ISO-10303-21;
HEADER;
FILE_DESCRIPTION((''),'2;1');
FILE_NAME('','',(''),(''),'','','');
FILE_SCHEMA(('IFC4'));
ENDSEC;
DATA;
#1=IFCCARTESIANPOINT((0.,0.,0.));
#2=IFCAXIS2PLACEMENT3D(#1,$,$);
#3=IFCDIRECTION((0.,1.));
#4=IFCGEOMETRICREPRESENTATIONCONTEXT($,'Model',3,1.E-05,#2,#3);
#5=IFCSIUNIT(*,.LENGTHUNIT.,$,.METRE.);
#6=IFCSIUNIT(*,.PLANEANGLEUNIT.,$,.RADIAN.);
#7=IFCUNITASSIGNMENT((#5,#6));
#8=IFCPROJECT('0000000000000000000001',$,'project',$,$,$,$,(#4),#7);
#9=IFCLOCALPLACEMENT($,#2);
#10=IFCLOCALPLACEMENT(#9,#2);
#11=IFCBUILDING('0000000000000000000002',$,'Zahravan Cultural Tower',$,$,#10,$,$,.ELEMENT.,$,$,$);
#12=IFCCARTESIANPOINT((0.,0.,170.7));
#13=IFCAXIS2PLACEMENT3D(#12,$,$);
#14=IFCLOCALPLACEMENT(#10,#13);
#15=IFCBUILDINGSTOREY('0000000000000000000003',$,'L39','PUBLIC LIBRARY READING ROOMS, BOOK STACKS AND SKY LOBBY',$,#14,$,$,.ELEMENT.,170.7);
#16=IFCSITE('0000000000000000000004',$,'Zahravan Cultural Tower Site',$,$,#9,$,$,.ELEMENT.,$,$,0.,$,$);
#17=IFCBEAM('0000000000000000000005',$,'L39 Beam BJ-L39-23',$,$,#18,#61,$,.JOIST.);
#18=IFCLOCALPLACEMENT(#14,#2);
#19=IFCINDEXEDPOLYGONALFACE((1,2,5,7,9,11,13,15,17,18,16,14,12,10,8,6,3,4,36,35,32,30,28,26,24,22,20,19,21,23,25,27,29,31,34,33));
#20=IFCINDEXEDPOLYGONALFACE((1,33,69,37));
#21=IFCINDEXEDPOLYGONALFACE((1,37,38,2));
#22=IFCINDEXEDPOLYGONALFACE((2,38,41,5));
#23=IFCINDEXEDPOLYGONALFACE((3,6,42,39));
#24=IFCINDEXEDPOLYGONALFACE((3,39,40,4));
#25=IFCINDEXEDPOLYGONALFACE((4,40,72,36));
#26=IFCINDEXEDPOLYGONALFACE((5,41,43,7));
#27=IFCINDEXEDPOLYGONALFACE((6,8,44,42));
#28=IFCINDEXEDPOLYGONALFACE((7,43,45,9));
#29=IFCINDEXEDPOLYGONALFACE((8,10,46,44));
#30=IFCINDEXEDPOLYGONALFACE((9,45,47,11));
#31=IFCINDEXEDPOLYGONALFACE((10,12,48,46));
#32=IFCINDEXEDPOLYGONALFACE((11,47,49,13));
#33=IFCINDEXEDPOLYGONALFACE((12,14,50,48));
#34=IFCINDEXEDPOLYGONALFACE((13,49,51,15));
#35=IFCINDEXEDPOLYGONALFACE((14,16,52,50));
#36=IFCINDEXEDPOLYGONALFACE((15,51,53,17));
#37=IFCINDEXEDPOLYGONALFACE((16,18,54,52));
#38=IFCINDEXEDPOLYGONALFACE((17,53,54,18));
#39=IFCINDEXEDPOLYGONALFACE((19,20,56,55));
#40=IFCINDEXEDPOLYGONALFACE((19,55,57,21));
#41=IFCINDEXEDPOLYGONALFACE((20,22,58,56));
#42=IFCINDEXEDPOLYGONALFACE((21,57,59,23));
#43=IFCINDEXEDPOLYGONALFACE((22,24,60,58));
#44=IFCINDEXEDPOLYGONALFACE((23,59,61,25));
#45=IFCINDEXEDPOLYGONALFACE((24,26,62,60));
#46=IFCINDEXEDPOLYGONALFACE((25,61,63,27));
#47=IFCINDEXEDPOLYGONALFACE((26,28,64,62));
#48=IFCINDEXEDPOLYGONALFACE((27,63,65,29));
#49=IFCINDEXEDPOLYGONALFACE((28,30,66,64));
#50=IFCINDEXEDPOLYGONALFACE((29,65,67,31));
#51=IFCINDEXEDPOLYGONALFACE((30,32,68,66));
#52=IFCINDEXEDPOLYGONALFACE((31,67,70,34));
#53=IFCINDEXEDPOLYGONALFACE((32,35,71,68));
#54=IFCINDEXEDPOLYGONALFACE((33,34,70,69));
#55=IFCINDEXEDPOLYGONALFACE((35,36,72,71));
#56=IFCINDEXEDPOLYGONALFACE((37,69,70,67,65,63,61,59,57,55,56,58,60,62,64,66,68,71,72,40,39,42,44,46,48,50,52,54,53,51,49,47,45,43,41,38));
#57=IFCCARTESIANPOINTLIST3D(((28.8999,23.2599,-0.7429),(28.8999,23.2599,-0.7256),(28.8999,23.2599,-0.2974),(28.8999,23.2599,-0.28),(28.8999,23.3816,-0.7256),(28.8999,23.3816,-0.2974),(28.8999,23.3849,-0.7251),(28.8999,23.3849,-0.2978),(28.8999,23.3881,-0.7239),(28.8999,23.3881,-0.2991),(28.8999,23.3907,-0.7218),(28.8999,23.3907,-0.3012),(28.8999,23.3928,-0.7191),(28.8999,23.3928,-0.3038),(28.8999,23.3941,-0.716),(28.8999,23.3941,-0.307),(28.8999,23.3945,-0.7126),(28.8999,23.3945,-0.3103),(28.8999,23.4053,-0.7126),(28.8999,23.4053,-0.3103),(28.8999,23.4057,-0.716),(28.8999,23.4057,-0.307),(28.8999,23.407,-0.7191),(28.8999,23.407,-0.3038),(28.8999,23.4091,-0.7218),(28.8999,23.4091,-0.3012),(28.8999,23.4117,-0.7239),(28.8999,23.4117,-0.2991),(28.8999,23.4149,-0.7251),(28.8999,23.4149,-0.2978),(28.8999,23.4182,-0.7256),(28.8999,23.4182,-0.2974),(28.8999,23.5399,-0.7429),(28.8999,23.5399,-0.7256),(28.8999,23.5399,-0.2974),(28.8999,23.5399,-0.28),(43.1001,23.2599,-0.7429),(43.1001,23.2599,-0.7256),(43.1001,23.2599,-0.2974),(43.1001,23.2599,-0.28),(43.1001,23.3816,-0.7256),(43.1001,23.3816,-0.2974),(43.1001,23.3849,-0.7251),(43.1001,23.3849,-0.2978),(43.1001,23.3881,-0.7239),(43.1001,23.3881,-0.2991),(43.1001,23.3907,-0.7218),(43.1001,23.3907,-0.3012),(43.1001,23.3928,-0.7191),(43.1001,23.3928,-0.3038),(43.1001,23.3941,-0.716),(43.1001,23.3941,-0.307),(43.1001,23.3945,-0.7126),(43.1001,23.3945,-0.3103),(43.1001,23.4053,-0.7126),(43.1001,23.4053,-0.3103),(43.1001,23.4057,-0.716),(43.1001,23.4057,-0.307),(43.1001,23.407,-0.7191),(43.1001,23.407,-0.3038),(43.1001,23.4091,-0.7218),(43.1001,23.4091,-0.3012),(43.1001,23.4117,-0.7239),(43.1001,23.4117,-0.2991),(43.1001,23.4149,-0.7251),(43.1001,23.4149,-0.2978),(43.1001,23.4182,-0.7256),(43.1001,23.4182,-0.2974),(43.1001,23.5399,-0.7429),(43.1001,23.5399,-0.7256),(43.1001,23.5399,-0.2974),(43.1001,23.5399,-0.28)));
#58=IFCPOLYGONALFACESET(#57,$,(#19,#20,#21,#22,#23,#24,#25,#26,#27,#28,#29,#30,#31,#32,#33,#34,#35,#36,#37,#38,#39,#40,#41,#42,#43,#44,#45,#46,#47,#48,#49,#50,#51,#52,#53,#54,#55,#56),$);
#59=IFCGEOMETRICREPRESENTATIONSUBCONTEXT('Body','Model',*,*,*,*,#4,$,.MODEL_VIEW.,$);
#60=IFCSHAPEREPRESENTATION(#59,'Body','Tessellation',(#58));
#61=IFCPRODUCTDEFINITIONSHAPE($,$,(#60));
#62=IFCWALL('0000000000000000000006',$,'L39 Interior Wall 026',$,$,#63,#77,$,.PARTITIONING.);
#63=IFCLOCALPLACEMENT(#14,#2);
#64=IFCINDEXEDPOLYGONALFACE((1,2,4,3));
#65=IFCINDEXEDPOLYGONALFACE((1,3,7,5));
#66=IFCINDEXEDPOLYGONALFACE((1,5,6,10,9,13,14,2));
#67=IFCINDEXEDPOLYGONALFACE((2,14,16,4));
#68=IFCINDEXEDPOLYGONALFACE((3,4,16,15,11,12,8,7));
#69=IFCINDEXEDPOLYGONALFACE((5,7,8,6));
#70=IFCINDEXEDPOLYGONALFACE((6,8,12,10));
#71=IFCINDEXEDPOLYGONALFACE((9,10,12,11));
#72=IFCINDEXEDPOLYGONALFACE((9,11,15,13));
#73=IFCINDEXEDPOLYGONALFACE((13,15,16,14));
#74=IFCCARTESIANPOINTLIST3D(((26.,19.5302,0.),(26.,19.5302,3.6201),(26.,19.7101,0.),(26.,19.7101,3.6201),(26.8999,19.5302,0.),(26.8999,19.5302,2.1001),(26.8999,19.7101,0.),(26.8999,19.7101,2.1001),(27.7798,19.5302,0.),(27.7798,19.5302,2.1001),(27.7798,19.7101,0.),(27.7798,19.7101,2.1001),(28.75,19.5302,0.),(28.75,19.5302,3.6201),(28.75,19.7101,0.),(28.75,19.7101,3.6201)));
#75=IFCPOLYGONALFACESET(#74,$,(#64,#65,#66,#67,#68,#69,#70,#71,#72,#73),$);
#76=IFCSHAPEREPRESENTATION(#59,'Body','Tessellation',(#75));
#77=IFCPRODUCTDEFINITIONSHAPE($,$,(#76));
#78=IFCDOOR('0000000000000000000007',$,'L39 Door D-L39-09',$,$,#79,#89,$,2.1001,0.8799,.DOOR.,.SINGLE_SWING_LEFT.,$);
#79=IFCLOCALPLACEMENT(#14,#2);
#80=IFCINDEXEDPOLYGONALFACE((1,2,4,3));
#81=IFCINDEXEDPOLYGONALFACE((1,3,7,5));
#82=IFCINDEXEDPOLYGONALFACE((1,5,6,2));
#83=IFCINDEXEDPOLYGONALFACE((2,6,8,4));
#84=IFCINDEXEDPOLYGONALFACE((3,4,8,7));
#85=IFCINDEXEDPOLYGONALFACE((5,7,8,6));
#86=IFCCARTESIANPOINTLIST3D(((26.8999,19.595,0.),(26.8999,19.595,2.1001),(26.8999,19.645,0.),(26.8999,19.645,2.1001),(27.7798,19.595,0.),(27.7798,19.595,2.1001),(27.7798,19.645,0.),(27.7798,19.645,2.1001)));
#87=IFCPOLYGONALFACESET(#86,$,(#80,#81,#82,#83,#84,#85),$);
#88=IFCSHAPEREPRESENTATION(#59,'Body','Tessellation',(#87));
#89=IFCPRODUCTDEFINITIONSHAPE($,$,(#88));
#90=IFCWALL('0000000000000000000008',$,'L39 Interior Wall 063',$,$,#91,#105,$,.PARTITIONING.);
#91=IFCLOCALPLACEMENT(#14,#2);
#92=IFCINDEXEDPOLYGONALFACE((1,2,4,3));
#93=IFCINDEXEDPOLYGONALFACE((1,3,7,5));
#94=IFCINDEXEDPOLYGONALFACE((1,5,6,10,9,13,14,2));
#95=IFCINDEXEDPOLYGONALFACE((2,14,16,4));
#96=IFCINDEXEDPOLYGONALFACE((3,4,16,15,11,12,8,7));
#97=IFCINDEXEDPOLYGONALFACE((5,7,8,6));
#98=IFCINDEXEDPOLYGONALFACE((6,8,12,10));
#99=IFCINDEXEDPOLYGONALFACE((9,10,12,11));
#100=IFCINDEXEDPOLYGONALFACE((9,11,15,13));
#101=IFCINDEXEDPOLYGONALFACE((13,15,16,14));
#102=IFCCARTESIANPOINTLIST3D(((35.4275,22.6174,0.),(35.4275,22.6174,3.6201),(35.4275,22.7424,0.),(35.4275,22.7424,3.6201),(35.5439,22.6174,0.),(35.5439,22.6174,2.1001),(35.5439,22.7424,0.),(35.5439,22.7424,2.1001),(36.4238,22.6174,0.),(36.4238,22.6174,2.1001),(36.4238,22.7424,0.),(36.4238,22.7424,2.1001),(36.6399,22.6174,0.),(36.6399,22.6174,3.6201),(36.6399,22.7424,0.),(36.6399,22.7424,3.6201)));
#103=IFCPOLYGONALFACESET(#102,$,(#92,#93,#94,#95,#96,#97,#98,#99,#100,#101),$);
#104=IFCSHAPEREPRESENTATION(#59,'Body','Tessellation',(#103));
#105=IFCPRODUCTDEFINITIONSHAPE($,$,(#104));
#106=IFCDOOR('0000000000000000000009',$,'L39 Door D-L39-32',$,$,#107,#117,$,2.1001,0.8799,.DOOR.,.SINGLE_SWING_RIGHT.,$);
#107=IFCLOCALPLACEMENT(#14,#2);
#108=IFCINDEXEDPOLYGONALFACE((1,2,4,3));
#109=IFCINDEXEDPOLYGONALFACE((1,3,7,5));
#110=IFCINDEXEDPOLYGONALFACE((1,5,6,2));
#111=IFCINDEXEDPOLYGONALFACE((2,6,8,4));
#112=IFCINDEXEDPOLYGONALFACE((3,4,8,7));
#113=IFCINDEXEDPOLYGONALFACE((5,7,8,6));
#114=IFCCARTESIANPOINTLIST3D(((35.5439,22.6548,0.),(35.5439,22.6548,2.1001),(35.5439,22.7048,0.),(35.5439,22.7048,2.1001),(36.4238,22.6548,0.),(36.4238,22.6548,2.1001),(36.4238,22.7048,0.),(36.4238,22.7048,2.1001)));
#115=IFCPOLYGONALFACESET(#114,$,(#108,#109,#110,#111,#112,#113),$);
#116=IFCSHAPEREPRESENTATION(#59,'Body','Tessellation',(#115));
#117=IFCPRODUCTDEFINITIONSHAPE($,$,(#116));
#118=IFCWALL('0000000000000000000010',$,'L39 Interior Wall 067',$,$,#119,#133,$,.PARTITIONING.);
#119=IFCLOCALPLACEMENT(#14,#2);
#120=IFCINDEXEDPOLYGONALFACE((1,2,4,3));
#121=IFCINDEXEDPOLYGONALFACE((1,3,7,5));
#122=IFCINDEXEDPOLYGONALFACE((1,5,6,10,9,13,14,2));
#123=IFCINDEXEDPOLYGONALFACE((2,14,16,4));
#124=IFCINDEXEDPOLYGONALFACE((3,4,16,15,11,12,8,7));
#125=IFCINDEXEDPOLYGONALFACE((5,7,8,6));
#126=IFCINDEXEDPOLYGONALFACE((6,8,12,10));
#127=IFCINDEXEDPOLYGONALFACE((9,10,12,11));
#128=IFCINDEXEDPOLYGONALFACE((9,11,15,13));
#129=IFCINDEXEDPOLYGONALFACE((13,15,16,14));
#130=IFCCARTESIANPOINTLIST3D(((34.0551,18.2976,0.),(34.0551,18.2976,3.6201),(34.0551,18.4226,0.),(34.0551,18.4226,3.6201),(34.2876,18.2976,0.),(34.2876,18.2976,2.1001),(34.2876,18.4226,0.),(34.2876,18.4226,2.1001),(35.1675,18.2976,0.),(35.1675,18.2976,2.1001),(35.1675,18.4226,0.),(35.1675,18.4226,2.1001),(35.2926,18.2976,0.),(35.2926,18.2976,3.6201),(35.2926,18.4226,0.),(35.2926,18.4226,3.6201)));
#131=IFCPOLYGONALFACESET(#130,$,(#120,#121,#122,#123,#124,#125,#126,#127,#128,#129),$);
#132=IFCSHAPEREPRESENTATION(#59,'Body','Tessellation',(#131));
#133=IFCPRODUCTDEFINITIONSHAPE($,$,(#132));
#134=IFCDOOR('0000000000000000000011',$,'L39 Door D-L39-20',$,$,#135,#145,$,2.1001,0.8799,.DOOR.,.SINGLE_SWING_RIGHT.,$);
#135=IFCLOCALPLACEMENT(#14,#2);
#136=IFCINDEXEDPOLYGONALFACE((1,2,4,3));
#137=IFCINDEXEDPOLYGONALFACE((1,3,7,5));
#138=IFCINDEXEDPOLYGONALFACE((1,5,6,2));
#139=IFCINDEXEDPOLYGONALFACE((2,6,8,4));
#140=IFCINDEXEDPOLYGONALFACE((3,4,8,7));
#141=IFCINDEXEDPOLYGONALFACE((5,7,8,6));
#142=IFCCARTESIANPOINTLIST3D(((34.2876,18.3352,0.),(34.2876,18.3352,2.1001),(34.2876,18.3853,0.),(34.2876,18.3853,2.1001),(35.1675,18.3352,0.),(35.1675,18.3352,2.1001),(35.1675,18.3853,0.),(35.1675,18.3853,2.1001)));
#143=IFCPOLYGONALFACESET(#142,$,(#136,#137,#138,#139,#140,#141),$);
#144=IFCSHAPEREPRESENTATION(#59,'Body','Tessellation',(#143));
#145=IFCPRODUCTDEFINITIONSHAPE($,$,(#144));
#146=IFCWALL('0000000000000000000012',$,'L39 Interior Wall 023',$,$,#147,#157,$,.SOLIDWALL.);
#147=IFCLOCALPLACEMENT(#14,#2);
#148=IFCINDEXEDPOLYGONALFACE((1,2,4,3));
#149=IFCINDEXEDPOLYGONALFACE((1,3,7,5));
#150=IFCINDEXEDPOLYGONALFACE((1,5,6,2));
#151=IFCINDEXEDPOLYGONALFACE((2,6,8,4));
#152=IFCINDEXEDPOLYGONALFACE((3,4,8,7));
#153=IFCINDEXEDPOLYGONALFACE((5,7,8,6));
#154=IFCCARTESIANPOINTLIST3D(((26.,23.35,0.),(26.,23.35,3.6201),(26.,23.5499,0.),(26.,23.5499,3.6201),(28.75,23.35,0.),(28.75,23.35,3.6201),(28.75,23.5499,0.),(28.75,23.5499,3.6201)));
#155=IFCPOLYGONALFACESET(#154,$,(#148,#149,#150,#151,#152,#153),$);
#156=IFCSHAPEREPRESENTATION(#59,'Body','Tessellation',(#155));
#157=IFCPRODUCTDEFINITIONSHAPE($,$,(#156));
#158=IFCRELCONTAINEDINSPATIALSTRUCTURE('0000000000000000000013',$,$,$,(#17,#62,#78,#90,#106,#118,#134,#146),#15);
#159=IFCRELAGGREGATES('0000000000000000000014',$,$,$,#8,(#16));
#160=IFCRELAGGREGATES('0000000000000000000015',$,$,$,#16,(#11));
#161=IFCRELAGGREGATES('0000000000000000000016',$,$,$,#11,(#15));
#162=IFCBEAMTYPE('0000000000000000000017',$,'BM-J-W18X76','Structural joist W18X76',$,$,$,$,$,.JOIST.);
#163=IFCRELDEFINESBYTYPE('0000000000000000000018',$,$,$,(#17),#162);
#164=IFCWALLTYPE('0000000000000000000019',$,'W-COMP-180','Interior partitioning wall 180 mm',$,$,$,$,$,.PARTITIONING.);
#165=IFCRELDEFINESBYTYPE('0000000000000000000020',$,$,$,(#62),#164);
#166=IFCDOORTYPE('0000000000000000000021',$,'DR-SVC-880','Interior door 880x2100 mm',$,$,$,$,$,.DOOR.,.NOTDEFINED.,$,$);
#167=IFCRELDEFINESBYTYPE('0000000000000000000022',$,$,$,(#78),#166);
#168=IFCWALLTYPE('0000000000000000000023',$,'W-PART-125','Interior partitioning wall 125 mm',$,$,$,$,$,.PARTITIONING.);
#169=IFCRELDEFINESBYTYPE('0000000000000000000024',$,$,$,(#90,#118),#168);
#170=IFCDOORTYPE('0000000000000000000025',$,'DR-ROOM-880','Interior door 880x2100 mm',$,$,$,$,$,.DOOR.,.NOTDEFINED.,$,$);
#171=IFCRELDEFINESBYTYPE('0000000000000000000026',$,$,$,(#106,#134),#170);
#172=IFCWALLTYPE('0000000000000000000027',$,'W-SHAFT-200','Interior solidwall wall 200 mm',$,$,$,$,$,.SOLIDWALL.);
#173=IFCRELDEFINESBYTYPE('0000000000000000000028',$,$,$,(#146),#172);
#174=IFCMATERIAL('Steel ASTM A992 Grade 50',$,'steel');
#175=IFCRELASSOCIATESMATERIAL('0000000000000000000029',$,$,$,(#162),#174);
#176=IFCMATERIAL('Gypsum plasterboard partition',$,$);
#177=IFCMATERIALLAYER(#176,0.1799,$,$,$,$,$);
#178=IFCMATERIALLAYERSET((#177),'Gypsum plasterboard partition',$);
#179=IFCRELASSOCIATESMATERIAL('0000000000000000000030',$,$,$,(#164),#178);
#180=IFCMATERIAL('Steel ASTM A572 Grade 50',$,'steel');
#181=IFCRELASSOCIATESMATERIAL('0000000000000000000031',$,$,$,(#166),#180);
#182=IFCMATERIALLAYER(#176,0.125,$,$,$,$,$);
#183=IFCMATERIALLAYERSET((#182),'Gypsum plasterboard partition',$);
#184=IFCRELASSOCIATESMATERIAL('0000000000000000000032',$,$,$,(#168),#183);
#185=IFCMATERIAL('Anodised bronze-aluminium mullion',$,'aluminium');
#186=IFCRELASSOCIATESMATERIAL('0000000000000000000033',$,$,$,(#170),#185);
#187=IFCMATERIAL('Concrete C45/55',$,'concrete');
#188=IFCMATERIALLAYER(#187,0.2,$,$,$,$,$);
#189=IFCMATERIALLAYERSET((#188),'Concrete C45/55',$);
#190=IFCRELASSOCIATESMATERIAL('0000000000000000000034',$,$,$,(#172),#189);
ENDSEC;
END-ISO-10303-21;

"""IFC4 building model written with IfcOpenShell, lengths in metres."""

from ifc_helpers import new_model, si_unit, direction, frame, frame_2d, origin, origin_2d, place, context, subcontext, project, spatial, rectangle, i_section, extrude, source, transform, mapped, material, layer, layer_set, material_profile, profile_set, type_object, element, fill, save


model = new_model("IFC4")

# Units and contexts
model_context = context("Model", 3, precision=1e-05, world=origin(), true_north=direction((0.0, 1.0)))
body_context = subcontext(model_context, "Body", "Model", "MODEL_VIEW")
ifc_project = project(units=[si_unit("LENGTHUNIT", "METRE"), si_unit("PLANEANGLEUNIT", "RADIAN")], contexts=[model_context])

# Site, building, storey
site_placement = place(None, origin())
site = spatial("IfcSite", under=ifc_project, at=site_placement, Name="Zahravan Cultural Tower Site", CompositionType="ELEMENT", RefElevation=0.0)
building_placement = place(site_placement, origin())
building = spatial("IfcBuilding", under=site, at=building_placement, Name="Zahravan Cultural Tower", CompositionType="ELEMENT")
storey_placement = place(building_placement, frame((0.0, 0.0, 170.7)))
storey = spatial("IfcBuildingStorey", under=building, at=storey_placement, Name="L39", Description="PUBLIC LIBRARY READING ROOMS, BOOK STACKS AND SKY LOBBY", CompositionType="ELEMENT", Elevation=170.7)

# Beam
ifc_material_1 = material(Name="Steel ASTM A992 Grade 50", Category="steel")
ifc_material_profile = material_profile(ifc_material_1, i_section(OverallWidth=0.28, OverallDepth=0.4629, WebThickness=0.0107, FlangeThickness=0.0173, FilletRadius=0.0129, at=origin_2d()), Name="W18X76")
ifc_profile_set = profile_set([ifc_material_profile], Name="Steel ASTM A992 Grade 50")
beam_type = type_object("IfcBeamType", Name="BM-J-W18X76", Description="Structural joist W18X76", PredefinedType="JOIST", material=ifc_profile_set)
shared_shape_1 = source(origin(), body_context, "Body", "SweptSolid", [
    extrude(i_section(OverallWidth=0.28, OverallDepth=0.4629, WebThickness=0.0107, FlangeThickness=0.0173, FilletRadius=0.0129, at=origin_2d()), origin(), (0.0, 0.0, 1.0), 14.2002),
])
beam_placement = place(storey_placement, frame((28.8999, 23.3999, -0.5115), z_axis=(1.0, 0.0, 0.0), x_axis=(0.0, 1.0, 0.0)))
element("IfcBeam", 1, at=beam_placement, inside=storey, type_object=beam_type, Name="L39 Beam BJ-L39-23", PredefinedType="JOIST", context=body_context, shape_type="MappedRepresentation", body=[
    mapped(shared_shape_1, transform((0.0, 0.0, 0.0), x_axis=(1.0, 0.0, 0.0), y_axis=(0.0, 1.0, 0.0), z_axis=(0.0, 0.0, 1.0), scale=1.0)),
])

# Walls, openings, doors
ifc_material_2 = material(Name="Gypsum plasterboard partition")
ifc_layer_1 = layer(ifc_material_2, 0.1799)
ifc_layer_set_1 = layer_set([ifc_layer_1], Name="Gypsum plasterboard partition")
wall_type_1 = type_object("IfcWallType", Name="W-COMP-180", Description="Interior partitioning wall 180 mm", PredefinedType="PARTITIONING", material=ifc_layer_set_1)
wall_1_placement = place(storey_placement, frame((26.0, 19.6201, 0.0), z_axis=(0.0, 0.0, 1.0), x_axis=(1.0, 0.0, 0.0)))
wall_1 = element("IfcWall", 2, at=wall_1_placement, inside=storey, type_object=wall_type_1, Name="L39 Interior Wall 026", PredefinedType="PARTITIONING", context=body_context, shape_type="SweptSolid", body=[
    extrude(rectangle(XDim=2.75, YDim=0.1799, at=frame_2d((1.375, 0.0))), origin(), (0.0, 0.0, 1.0), 3.6201),
])
opening_1_placement = place(wall_1_placement, frame((0.8999, 0.0, 0.0)))
opening_1 = element("IfcOpeningElement", 3, at=opening_1_placement, cuts=wall_1, PredefinedType="OPENING", context=body_context, shape_type="SweptSolid", body=[
    extrude(rectangle(XDim=0.8799, YDim=2.1001, at=frame_2d((0.4399, 1.05))), frame((0.0, 0.0999, 0.0), z_axis=(0.0, -1.0, 0.0), x_axis=(1.0, 0.0, 0.0)), (0.0, 0.0, 1.0), 0.2),
])
ifc_material_3 = material(Name="Steel ASTM A572 Grade 50", Category="steel")
door_type_1 = type_object("IfcDoorType", Name="DR-SVC-880", Description="Interior door 880x2100 mm", OperationType="NOTDEFINED", PredefinedType="DOOR", material=ifc_material_3)
shared_shape_2 = source(origin(), body_context, "Body", "SweptSolid", [
    extrude(rectangle(XDim=0.8799, YDim=2.1001, at=frame_2d((0.4399, 1.05))), frame((0.0, 0.0249, 0.0), z_axis=(0.0, -1.0, 0.0), x_axis=(1.0, 0.0, 0.0)), (0.0, 0.0, 1.0), 0.05),
])
door_1_placement = place(opening_1_placement, origin())
door_1 = element("IfcDoor", 4, at=door_1_placement, inside=storey, type_object=door_type_1, Name="L39 Door D-L39-09", OperationType="SINGLE_SWING_LEFT", OverallHeight=2.1001, OverallWidth=0.8799, PredefinedType="DOOR", context=body_context, shape_type="MappedRepresentation", body=[
    mapped(shared_shape_2, transform((0.0, 0.0, 0.0), x_axis=(1.0, 0.0, 0.0), y_axis=(0.0, 1.0, 0.0), z_axis=(0.0, 0.0, 1.0), scale=1.0)),
])
fill(opening_1, door_1)
ifc_layer_2 = layer(ifc_material_2, 0.125)
ifc_layer_set_2 = layer_set([ifc_layer_2], Name="Gypsum plasterboard partition")
wall_type_2 = type_object("IfcWallType", Name="W-PART-125", Description="Interior partitioning wall 125 mm", PredefinedType="PARTITIONING", material=ifc_layer_set_2)
wall_2_placement = place(storey_placement, frame((35.4275, 22.6799, 0.0), z_axis=(0.0, 0.0, 1.0), x_axis=(1.0, 0.0, 0.0)))
wall_2 = element("IfcWall", 5, at=wall_2_placement, inside=storey, type_object=wall_type_2, Name="L39 Interior Wall 063", PredefinedType="PARTITIONING", context=body_context, shape_type="SweptSolid", body=[
    extrude(rectangle(XDim=1.2124, YDim=0.125, at=frame_2d((0.6062, 0.0))), origin(), (0.0, 0.0, 1.0), 3.6201),
])
opening_2_placement = place(wall_2_placement, frame((0.1165, 0.0, 0.0)))
opening_2 = element("IfcOpeningElement", 6, at=opening_2_placement, cuts=wall_2, PredefinedType="OPENING", context=body_context, shape_type="SweptSolid", body=[
    extrude(rectangle(XDim=0.8799, YDim=2.1001, at=frame_2d((0.4399, 1.05))), frame((0.0, 0.0725, 0.0), z_axis=(0.0, -1.0, 0.0), x_axis=(1.0, 0.0, 0.0)), (0.0, 0.0, 1.0), 0.145),
])
ifc_material_4 = material(Name="Anodised bronze-aluminium mullion", Category="aluminium")
door_type_2 = type_object("IfcDoorType", Name="DR-ROOM-880", Description="Interior door 880x2100 mm", OperationType="NOTDEFINED", PredefinedType="DOOR", material=ifc_material_4)
door_2_placement = place(opening_2_placement, origin())
door_2 = element("IfcDoor", 7, at=door_2_placement, inside=storey, type_object=door_type_2, Name="L39 Door D-L39-32", OperationType="SINGLE_SWING_RIGHT", OverallHeight=2.1001, OverallWidth=0.8799, PredefinedType="DOOR", context=body_context, shape_type="MappedRepresentation", body=[
    mapped(shared_shape_2, transform((0.0, 0.0, 0.0), x_axis=(1.0, 0.0, 0.0), y_axis=(0.0, 1.0, 0.0), z_axis=(0.0, 0.0, 1.0), scale=1.0)),
])
fill(opening_2, door_2)
wall_3_placement = place(storey_placement, frame((35.2925, 18.3601, 0.0), z_axis=(0.0, 0.0, 1.0), x_axis=(-1.0, 0.0, 0.0)))
wall_3 = element("IfcWall", 8, at=wall_3_placement, inside=storey, type_object=wall_type_2, Name="L39 Interior Wall 067", PredefinedType="PARTITIONING", context=body_context, shape_type="SweptSolid", body=[
    extrude(rectangle(XDim=1.2375, YDim=0.125, at=frame_2d((0.6187, 0.0))), origin(), (0.0, 0.0, 1.0), 3.6201),
])
opening_3_placement = place(wall_3_placement, frame((0.125, 0.0, 0.0)))
opening_3 = element("IfcOpeningElement", 9, at=opening_3_placement, cuts=wall_3, PredefinedType="OPENING", context=body_context, shape_type="SweptSolid", body=[
    extrude(rectangle(XDim=0.8799, YDim=2.1001, at=frame_2d((0.4399, 1.05))), frame((0.0, 0.0725, 0.0), z_axis=(0.0, -1.0, 0.0), x_axis=(1.0, 0.0, 0.0)), (0.0, 0.0, 1.0), 0.145),
])
door_3_placement = place(opening_3_placement, origin())
door_3 = element("IfcDoor", 10, at=door_3_placement, inside=storey, type_object=door_type_2, Name="L39 Door D-L39-20", OperationType="SINGLE_SWING_RIGHT", OverallHeight=2.1001, OverallWidth=0.8799, PredefinedType="DOOR", context=body_context, shape_type="MappedRepresentation", body=[
    mapped(shared_shape_2, transform((0.0, 0.0, 0.0), x_axis=(1.0, 0.0, 0.0), y_axis=(0.0, 1.0, 0.0), z_axis=(0.0, 0.0, 1.0), scale=1.0)),
])
fill(opening_3, door_3)
ifc_material_5 = material(Name="Concrete C45/55", Category="concrete")
ifc_layer_3 = layer(ifc_material_5, 0.2)
ifc_layer_set_3 = layer_set([ifc_layer_3], Name="Concrete C45/55")
wall_type_3 = type_object("IfcWallType", Name="W-SHAFT-200", Description="Interior solidwall wall 200 mm", PredefinedType="SOLIDWALL", material=ifc_layer_set_3)

# Wall
shared_shape_3 = source(origin(), body_context, "Body", "SweptSolid", [
    extrude(rectangle(XDim=2.75, YDim=0.2, at=frame_2d((1.375, 0.0))), origin(), (0.0, 0.0, 1.0), 3.6201),
])
wall_4_placement = place(storey_placement, frame((26.0, 23.45, 0.0), z_axis=(0.0, 0.0, 1.0), x_axis=(1.0, 0.0, 0.0)))
element("IfcWall", 11, at=wall_4_placement, inside=storey, type_object=wall_type_3, Name="L39 Interior Wall 023", PredefinedType="SOLIDWALL", context=body_context, shape_type="MappedRepresentation", body=[
    mapped(shared_shape_3, transform((0.0, 0.0, 0.0), x_axis=(1.0, 0.0, 0.0), y_axis=(0.0, 1.0, 0.0), z_axis=(0.0, 0.0, 1.0), scale=1.0)),
])

save(model, "model.ifc")
